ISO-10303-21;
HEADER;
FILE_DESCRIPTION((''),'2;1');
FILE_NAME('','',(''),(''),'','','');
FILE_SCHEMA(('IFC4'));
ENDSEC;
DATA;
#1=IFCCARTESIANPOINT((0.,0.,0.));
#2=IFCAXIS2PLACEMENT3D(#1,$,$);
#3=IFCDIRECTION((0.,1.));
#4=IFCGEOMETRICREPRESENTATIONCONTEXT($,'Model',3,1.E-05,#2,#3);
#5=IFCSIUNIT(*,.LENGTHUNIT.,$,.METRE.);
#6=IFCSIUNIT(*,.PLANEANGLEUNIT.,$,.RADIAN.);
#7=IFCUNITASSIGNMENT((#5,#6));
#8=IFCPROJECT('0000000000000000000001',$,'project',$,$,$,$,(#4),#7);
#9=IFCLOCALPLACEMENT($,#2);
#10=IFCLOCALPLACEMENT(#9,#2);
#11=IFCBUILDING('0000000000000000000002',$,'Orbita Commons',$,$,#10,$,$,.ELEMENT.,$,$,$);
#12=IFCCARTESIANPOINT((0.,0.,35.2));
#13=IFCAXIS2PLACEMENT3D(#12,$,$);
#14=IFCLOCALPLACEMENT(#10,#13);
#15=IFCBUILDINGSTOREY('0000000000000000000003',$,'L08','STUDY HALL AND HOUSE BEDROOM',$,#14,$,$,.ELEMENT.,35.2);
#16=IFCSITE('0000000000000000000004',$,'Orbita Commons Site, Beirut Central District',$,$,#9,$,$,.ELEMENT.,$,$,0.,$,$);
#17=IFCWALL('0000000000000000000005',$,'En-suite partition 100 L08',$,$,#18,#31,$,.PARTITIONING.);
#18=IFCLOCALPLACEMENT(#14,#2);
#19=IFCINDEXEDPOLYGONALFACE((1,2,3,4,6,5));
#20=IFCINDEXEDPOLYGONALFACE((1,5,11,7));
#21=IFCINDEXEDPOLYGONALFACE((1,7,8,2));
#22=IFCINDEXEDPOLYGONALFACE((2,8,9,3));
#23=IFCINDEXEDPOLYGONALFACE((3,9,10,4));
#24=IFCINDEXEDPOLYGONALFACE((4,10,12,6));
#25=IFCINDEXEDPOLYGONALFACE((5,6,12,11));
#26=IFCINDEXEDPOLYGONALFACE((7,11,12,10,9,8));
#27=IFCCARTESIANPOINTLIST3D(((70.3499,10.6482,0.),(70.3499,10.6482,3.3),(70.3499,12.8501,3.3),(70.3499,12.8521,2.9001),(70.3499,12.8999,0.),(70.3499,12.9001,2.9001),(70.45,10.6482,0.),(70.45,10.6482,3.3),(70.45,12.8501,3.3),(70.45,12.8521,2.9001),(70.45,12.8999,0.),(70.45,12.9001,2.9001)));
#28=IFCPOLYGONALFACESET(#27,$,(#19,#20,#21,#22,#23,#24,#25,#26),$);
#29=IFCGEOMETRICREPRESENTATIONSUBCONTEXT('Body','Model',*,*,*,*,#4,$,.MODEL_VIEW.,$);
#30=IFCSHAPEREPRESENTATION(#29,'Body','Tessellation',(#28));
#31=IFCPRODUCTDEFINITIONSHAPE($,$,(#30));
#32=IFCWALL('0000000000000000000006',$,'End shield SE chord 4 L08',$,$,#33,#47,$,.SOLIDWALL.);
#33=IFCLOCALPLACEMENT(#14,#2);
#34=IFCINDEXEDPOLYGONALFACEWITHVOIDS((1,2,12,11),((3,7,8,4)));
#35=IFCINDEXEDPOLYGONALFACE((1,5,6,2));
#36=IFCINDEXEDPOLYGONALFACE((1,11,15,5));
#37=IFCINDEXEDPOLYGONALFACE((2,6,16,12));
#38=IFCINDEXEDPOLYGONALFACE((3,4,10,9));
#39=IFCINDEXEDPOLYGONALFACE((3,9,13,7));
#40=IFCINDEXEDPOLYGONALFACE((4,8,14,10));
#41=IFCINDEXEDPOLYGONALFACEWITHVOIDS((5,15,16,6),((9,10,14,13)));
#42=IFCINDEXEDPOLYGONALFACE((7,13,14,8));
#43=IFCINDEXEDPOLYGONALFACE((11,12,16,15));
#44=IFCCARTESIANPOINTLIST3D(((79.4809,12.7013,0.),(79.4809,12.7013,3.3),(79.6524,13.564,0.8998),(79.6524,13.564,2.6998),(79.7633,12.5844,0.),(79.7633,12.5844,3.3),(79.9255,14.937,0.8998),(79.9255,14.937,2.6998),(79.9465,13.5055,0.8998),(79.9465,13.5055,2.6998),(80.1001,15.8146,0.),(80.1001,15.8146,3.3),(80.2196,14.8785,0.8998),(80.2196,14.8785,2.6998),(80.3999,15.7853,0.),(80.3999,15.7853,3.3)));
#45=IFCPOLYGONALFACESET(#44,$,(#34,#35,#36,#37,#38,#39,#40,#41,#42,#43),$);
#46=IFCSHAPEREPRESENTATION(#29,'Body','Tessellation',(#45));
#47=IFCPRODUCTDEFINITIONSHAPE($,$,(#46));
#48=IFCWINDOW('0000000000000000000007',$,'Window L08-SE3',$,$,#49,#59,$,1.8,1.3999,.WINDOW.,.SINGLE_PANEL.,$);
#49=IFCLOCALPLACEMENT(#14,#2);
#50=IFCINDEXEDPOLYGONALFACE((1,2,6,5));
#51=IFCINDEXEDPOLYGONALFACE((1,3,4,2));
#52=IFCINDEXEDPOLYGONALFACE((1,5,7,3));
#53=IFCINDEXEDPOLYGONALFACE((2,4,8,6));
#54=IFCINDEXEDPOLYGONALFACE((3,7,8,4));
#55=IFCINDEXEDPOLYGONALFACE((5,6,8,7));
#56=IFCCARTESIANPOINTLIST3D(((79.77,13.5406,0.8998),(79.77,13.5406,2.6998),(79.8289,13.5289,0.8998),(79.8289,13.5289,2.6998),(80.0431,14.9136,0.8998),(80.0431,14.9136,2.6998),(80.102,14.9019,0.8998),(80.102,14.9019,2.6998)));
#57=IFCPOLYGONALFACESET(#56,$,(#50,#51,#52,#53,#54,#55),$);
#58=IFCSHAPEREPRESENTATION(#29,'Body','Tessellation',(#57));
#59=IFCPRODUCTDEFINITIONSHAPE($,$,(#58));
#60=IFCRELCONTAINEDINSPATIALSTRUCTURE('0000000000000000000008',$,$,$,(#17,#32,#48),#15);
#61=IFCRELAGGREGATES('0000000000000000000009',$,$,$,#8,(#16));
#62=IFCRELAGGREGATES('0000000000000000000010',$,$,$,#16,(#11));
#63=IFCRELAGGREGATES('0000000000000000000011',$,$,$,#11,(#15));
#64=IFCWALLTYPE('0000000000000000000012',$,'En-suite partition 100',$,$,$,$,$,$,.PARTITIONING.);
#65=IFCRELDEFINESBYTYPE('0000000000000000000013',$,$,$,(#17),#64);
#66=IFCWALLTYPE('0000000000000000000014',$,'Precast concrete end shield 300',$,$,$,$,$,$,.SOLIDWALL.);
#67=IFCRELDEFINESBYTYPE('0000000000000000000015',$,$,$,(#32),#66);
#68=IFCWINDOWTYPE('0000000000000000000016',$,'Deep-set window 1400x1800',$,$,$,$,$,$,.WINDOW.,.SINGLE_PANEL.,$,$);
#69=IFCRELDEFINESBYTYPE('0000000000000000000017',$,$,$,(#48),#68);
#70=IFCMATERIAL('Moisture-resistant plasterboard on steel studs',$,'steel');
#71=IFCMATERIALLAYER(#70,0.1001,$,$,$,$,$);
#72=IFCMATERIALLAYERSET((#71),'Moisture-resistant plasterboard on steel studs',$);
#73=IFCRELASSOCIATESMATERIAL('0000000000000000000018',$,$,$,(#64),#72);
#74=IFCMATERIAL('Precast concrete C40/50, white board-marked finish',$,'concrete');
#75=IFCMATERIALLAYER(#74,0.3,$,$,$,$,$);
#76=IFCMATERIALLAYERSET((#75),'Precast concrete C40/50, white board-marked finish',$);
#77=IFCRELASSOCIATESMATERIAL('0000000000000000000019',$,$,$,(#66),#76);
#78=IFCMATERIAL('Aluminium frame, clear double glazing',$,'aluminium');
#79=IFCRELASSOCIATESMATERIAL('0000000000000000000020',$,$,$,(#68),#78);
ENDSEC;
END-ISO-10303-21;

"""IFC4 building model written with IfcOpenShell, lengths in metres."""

from ifc_helpers import new_model, si_unit, direction, frame, frame_2d, origin, place, context, subcontext, project, spatial, polyline, rectangle, outline, extrude, material, layer, layer_set, type_object, element, fill, save


model = new_model("IFC4")

# Units and contexts
model_context = context("Model", 3, precision=1e-05, world=origin(), true_north=direction((0.0, 1.0)))
body_context = subcontext(model_context, "Body", "Model", "MODEL_VIEW")
ifc_project = project(units=[si_unit("LENGTHUNIT", "METRE"), si_unit("PLANEANGLEUNIT", "RADIAN")], contexts=[model_context])

# Site, building, storey
site_placement = place(None, origin())
site = spatial("IfcSite", under=ifc_project, at=site_placement, Name="Orbita Commons Site, Beirut Central District", CompositionType="ELEMENT", RefElevation=0.0)
building_placement = place(site_placement, origin())
building = spatial("IfcBuilding", under=site, at=building_placement, Name="Orbita Commons", CompositionType="ELEMENT")
storey_placement = place(building_placement, frame((0.0, 0.0, 35.2)))
storey = spatial("IfcBuildingStorey", under=building, at=storey_placement, Name="L08", Description="STUDY HALL AND HOUSE BEDROOM", CompositionType="ELEMENT", Elevation=35.2)

# Shared definitions
ifc_material_1 = material(Name="Moisture-resistant plasterboard on steel studs", Category="steel")
ifc_layer_1 = layer(ifc_material_1, 0.1001)
ifc_layer_set_1 = layer_set([ifc_layer_1], Name="Moisture-resistant plasterboard on steel studs")
wall_type_1 = type_object("IfcWallType", Name="En-suite partition 100", PredefinedType="PARTITIONING", material=ifc_layer_set_1)

# Wall
wall_1_placement = place(storey_placement, frame((70.3999, 10.6482, 0.0), z_axis=(0.0, 0.0, 1.0), x_axis=(0.0, 1.0, 0.0)))
element("IfcWall", 1, at=wall_1_placement, inside=storey, type_object=wall_type_1, Name="En-suite partition 100 L08", PredefinedType="PARTITIONING", context=body_context, shape_type="SweptSolid", body=[
    extrude(outline(polyline([(0.0, 0.0), (2.2517, 0.0), (2.252, 2.9001), (2.2039, 2.9001), (2.2019, 3.3), (0.0, 3.3), (0.0, 0.0)])), frame((0.0, 0.05, 0.0), z_axis=(0.0, -1.0, 0.0), x_axis=(1.0, 0.0, 0.0)), (0.0, 0.0, 1.0), 0.1001),
])

# Wall, opening, window
ifc_material_2 = material(Name="Precast concrete C40/50, white board-marked finish", Category="concrete")
ifc_layer_2 = layer(ifc_material_2, 0.3)
ifc_layer_set_2 = layer_set([ifc_layer_2], Name="Precast concrete C40/50, white board-marked finish")
wall_type_2 = type_object("IfcWallType", Name="Precast concrete end shield 300", PredefinedType="SOLIDWALL", material=ifc_layer_set_2)
wall_2_placement = place(storey_placement, frame((79.6221, 12.6428, 0.0), z_axis=(0.0, 0.0, 1.0), x_axis=(0.195066, 0.98079, 0.0)))
wall_2 = element("IfcWall", 2, at=wall_2_placement, inside=storey, type_object=wall_type_2, Name="End shield SE chord 4 L08", PredefinedType="SOLIDWALL", context=body_context, shape_type="SweptSolid", body=[
    extrude(outline(polyline([(-0.0298, -0.1499), (3.2339, -0.1499), (3.2041, 0.1499), (0.0298, 0.1499), (-0.0298, -0.1499)])), origin(), (0.0, 0.0, 1.0), 3.3),
])
opening_1_placement = place(wall_2_placement, frame((0.9094, 0.0, 0.8999)))
opening_1 = element("IfcOpeningElement", 3, at=opening_1_placement, cuts=wall_2, PredefinedType="OPENING", context=body_context, shape_type="SweptSolid", body=[
    extrude(rectangle(XDim=1.3999, YDim=1.8, at=frame_2d((0.7, 0.8999))), frame((0.0, 0.1599, 0.0), z_axis=(0.0, -1.0, 0.0), x_axis=(1.0, 0.0, 0.0)), (0.0, 0.0, 1.0), 0.3201),
])
ifc_material_3 = material(Name="Aluminium frame, clear double glazing", Category="aluminium")
window_type = type_object("IfcWindowType", Name="Deep-set window 1400x1800", PartitioningType="SINGLE_PANEL", PredefinedType="WINDOW", material=ifc_material_3)
window_placement = place(opening_1_placement, origin())
window = element("IfcWindow", 4, at=window_placement, inside=storey, type_object=window_type, Name="Window L08-SE3", OverallHeight=1.8, OverallWidth=1.3999, PartitioningType="SINGLE_PANEL", PredefinedType="WINDOW", context=body_context, shape_type="SweptSolid", body=[
    extrude(rectangle(XDim=1.3999, YDim=1.8, at=frame_2d((0.7, 0.8999))), frame((0.0, 0.03, 0.0), z_axis=(0.0, -1.0, 0.0), x_axis=(1.0, 0.0, 0.0)), (0.0, 0.0, 1.0), 0.0601),
])
fill(opening_1, window)

save(model, "model.ifc")
